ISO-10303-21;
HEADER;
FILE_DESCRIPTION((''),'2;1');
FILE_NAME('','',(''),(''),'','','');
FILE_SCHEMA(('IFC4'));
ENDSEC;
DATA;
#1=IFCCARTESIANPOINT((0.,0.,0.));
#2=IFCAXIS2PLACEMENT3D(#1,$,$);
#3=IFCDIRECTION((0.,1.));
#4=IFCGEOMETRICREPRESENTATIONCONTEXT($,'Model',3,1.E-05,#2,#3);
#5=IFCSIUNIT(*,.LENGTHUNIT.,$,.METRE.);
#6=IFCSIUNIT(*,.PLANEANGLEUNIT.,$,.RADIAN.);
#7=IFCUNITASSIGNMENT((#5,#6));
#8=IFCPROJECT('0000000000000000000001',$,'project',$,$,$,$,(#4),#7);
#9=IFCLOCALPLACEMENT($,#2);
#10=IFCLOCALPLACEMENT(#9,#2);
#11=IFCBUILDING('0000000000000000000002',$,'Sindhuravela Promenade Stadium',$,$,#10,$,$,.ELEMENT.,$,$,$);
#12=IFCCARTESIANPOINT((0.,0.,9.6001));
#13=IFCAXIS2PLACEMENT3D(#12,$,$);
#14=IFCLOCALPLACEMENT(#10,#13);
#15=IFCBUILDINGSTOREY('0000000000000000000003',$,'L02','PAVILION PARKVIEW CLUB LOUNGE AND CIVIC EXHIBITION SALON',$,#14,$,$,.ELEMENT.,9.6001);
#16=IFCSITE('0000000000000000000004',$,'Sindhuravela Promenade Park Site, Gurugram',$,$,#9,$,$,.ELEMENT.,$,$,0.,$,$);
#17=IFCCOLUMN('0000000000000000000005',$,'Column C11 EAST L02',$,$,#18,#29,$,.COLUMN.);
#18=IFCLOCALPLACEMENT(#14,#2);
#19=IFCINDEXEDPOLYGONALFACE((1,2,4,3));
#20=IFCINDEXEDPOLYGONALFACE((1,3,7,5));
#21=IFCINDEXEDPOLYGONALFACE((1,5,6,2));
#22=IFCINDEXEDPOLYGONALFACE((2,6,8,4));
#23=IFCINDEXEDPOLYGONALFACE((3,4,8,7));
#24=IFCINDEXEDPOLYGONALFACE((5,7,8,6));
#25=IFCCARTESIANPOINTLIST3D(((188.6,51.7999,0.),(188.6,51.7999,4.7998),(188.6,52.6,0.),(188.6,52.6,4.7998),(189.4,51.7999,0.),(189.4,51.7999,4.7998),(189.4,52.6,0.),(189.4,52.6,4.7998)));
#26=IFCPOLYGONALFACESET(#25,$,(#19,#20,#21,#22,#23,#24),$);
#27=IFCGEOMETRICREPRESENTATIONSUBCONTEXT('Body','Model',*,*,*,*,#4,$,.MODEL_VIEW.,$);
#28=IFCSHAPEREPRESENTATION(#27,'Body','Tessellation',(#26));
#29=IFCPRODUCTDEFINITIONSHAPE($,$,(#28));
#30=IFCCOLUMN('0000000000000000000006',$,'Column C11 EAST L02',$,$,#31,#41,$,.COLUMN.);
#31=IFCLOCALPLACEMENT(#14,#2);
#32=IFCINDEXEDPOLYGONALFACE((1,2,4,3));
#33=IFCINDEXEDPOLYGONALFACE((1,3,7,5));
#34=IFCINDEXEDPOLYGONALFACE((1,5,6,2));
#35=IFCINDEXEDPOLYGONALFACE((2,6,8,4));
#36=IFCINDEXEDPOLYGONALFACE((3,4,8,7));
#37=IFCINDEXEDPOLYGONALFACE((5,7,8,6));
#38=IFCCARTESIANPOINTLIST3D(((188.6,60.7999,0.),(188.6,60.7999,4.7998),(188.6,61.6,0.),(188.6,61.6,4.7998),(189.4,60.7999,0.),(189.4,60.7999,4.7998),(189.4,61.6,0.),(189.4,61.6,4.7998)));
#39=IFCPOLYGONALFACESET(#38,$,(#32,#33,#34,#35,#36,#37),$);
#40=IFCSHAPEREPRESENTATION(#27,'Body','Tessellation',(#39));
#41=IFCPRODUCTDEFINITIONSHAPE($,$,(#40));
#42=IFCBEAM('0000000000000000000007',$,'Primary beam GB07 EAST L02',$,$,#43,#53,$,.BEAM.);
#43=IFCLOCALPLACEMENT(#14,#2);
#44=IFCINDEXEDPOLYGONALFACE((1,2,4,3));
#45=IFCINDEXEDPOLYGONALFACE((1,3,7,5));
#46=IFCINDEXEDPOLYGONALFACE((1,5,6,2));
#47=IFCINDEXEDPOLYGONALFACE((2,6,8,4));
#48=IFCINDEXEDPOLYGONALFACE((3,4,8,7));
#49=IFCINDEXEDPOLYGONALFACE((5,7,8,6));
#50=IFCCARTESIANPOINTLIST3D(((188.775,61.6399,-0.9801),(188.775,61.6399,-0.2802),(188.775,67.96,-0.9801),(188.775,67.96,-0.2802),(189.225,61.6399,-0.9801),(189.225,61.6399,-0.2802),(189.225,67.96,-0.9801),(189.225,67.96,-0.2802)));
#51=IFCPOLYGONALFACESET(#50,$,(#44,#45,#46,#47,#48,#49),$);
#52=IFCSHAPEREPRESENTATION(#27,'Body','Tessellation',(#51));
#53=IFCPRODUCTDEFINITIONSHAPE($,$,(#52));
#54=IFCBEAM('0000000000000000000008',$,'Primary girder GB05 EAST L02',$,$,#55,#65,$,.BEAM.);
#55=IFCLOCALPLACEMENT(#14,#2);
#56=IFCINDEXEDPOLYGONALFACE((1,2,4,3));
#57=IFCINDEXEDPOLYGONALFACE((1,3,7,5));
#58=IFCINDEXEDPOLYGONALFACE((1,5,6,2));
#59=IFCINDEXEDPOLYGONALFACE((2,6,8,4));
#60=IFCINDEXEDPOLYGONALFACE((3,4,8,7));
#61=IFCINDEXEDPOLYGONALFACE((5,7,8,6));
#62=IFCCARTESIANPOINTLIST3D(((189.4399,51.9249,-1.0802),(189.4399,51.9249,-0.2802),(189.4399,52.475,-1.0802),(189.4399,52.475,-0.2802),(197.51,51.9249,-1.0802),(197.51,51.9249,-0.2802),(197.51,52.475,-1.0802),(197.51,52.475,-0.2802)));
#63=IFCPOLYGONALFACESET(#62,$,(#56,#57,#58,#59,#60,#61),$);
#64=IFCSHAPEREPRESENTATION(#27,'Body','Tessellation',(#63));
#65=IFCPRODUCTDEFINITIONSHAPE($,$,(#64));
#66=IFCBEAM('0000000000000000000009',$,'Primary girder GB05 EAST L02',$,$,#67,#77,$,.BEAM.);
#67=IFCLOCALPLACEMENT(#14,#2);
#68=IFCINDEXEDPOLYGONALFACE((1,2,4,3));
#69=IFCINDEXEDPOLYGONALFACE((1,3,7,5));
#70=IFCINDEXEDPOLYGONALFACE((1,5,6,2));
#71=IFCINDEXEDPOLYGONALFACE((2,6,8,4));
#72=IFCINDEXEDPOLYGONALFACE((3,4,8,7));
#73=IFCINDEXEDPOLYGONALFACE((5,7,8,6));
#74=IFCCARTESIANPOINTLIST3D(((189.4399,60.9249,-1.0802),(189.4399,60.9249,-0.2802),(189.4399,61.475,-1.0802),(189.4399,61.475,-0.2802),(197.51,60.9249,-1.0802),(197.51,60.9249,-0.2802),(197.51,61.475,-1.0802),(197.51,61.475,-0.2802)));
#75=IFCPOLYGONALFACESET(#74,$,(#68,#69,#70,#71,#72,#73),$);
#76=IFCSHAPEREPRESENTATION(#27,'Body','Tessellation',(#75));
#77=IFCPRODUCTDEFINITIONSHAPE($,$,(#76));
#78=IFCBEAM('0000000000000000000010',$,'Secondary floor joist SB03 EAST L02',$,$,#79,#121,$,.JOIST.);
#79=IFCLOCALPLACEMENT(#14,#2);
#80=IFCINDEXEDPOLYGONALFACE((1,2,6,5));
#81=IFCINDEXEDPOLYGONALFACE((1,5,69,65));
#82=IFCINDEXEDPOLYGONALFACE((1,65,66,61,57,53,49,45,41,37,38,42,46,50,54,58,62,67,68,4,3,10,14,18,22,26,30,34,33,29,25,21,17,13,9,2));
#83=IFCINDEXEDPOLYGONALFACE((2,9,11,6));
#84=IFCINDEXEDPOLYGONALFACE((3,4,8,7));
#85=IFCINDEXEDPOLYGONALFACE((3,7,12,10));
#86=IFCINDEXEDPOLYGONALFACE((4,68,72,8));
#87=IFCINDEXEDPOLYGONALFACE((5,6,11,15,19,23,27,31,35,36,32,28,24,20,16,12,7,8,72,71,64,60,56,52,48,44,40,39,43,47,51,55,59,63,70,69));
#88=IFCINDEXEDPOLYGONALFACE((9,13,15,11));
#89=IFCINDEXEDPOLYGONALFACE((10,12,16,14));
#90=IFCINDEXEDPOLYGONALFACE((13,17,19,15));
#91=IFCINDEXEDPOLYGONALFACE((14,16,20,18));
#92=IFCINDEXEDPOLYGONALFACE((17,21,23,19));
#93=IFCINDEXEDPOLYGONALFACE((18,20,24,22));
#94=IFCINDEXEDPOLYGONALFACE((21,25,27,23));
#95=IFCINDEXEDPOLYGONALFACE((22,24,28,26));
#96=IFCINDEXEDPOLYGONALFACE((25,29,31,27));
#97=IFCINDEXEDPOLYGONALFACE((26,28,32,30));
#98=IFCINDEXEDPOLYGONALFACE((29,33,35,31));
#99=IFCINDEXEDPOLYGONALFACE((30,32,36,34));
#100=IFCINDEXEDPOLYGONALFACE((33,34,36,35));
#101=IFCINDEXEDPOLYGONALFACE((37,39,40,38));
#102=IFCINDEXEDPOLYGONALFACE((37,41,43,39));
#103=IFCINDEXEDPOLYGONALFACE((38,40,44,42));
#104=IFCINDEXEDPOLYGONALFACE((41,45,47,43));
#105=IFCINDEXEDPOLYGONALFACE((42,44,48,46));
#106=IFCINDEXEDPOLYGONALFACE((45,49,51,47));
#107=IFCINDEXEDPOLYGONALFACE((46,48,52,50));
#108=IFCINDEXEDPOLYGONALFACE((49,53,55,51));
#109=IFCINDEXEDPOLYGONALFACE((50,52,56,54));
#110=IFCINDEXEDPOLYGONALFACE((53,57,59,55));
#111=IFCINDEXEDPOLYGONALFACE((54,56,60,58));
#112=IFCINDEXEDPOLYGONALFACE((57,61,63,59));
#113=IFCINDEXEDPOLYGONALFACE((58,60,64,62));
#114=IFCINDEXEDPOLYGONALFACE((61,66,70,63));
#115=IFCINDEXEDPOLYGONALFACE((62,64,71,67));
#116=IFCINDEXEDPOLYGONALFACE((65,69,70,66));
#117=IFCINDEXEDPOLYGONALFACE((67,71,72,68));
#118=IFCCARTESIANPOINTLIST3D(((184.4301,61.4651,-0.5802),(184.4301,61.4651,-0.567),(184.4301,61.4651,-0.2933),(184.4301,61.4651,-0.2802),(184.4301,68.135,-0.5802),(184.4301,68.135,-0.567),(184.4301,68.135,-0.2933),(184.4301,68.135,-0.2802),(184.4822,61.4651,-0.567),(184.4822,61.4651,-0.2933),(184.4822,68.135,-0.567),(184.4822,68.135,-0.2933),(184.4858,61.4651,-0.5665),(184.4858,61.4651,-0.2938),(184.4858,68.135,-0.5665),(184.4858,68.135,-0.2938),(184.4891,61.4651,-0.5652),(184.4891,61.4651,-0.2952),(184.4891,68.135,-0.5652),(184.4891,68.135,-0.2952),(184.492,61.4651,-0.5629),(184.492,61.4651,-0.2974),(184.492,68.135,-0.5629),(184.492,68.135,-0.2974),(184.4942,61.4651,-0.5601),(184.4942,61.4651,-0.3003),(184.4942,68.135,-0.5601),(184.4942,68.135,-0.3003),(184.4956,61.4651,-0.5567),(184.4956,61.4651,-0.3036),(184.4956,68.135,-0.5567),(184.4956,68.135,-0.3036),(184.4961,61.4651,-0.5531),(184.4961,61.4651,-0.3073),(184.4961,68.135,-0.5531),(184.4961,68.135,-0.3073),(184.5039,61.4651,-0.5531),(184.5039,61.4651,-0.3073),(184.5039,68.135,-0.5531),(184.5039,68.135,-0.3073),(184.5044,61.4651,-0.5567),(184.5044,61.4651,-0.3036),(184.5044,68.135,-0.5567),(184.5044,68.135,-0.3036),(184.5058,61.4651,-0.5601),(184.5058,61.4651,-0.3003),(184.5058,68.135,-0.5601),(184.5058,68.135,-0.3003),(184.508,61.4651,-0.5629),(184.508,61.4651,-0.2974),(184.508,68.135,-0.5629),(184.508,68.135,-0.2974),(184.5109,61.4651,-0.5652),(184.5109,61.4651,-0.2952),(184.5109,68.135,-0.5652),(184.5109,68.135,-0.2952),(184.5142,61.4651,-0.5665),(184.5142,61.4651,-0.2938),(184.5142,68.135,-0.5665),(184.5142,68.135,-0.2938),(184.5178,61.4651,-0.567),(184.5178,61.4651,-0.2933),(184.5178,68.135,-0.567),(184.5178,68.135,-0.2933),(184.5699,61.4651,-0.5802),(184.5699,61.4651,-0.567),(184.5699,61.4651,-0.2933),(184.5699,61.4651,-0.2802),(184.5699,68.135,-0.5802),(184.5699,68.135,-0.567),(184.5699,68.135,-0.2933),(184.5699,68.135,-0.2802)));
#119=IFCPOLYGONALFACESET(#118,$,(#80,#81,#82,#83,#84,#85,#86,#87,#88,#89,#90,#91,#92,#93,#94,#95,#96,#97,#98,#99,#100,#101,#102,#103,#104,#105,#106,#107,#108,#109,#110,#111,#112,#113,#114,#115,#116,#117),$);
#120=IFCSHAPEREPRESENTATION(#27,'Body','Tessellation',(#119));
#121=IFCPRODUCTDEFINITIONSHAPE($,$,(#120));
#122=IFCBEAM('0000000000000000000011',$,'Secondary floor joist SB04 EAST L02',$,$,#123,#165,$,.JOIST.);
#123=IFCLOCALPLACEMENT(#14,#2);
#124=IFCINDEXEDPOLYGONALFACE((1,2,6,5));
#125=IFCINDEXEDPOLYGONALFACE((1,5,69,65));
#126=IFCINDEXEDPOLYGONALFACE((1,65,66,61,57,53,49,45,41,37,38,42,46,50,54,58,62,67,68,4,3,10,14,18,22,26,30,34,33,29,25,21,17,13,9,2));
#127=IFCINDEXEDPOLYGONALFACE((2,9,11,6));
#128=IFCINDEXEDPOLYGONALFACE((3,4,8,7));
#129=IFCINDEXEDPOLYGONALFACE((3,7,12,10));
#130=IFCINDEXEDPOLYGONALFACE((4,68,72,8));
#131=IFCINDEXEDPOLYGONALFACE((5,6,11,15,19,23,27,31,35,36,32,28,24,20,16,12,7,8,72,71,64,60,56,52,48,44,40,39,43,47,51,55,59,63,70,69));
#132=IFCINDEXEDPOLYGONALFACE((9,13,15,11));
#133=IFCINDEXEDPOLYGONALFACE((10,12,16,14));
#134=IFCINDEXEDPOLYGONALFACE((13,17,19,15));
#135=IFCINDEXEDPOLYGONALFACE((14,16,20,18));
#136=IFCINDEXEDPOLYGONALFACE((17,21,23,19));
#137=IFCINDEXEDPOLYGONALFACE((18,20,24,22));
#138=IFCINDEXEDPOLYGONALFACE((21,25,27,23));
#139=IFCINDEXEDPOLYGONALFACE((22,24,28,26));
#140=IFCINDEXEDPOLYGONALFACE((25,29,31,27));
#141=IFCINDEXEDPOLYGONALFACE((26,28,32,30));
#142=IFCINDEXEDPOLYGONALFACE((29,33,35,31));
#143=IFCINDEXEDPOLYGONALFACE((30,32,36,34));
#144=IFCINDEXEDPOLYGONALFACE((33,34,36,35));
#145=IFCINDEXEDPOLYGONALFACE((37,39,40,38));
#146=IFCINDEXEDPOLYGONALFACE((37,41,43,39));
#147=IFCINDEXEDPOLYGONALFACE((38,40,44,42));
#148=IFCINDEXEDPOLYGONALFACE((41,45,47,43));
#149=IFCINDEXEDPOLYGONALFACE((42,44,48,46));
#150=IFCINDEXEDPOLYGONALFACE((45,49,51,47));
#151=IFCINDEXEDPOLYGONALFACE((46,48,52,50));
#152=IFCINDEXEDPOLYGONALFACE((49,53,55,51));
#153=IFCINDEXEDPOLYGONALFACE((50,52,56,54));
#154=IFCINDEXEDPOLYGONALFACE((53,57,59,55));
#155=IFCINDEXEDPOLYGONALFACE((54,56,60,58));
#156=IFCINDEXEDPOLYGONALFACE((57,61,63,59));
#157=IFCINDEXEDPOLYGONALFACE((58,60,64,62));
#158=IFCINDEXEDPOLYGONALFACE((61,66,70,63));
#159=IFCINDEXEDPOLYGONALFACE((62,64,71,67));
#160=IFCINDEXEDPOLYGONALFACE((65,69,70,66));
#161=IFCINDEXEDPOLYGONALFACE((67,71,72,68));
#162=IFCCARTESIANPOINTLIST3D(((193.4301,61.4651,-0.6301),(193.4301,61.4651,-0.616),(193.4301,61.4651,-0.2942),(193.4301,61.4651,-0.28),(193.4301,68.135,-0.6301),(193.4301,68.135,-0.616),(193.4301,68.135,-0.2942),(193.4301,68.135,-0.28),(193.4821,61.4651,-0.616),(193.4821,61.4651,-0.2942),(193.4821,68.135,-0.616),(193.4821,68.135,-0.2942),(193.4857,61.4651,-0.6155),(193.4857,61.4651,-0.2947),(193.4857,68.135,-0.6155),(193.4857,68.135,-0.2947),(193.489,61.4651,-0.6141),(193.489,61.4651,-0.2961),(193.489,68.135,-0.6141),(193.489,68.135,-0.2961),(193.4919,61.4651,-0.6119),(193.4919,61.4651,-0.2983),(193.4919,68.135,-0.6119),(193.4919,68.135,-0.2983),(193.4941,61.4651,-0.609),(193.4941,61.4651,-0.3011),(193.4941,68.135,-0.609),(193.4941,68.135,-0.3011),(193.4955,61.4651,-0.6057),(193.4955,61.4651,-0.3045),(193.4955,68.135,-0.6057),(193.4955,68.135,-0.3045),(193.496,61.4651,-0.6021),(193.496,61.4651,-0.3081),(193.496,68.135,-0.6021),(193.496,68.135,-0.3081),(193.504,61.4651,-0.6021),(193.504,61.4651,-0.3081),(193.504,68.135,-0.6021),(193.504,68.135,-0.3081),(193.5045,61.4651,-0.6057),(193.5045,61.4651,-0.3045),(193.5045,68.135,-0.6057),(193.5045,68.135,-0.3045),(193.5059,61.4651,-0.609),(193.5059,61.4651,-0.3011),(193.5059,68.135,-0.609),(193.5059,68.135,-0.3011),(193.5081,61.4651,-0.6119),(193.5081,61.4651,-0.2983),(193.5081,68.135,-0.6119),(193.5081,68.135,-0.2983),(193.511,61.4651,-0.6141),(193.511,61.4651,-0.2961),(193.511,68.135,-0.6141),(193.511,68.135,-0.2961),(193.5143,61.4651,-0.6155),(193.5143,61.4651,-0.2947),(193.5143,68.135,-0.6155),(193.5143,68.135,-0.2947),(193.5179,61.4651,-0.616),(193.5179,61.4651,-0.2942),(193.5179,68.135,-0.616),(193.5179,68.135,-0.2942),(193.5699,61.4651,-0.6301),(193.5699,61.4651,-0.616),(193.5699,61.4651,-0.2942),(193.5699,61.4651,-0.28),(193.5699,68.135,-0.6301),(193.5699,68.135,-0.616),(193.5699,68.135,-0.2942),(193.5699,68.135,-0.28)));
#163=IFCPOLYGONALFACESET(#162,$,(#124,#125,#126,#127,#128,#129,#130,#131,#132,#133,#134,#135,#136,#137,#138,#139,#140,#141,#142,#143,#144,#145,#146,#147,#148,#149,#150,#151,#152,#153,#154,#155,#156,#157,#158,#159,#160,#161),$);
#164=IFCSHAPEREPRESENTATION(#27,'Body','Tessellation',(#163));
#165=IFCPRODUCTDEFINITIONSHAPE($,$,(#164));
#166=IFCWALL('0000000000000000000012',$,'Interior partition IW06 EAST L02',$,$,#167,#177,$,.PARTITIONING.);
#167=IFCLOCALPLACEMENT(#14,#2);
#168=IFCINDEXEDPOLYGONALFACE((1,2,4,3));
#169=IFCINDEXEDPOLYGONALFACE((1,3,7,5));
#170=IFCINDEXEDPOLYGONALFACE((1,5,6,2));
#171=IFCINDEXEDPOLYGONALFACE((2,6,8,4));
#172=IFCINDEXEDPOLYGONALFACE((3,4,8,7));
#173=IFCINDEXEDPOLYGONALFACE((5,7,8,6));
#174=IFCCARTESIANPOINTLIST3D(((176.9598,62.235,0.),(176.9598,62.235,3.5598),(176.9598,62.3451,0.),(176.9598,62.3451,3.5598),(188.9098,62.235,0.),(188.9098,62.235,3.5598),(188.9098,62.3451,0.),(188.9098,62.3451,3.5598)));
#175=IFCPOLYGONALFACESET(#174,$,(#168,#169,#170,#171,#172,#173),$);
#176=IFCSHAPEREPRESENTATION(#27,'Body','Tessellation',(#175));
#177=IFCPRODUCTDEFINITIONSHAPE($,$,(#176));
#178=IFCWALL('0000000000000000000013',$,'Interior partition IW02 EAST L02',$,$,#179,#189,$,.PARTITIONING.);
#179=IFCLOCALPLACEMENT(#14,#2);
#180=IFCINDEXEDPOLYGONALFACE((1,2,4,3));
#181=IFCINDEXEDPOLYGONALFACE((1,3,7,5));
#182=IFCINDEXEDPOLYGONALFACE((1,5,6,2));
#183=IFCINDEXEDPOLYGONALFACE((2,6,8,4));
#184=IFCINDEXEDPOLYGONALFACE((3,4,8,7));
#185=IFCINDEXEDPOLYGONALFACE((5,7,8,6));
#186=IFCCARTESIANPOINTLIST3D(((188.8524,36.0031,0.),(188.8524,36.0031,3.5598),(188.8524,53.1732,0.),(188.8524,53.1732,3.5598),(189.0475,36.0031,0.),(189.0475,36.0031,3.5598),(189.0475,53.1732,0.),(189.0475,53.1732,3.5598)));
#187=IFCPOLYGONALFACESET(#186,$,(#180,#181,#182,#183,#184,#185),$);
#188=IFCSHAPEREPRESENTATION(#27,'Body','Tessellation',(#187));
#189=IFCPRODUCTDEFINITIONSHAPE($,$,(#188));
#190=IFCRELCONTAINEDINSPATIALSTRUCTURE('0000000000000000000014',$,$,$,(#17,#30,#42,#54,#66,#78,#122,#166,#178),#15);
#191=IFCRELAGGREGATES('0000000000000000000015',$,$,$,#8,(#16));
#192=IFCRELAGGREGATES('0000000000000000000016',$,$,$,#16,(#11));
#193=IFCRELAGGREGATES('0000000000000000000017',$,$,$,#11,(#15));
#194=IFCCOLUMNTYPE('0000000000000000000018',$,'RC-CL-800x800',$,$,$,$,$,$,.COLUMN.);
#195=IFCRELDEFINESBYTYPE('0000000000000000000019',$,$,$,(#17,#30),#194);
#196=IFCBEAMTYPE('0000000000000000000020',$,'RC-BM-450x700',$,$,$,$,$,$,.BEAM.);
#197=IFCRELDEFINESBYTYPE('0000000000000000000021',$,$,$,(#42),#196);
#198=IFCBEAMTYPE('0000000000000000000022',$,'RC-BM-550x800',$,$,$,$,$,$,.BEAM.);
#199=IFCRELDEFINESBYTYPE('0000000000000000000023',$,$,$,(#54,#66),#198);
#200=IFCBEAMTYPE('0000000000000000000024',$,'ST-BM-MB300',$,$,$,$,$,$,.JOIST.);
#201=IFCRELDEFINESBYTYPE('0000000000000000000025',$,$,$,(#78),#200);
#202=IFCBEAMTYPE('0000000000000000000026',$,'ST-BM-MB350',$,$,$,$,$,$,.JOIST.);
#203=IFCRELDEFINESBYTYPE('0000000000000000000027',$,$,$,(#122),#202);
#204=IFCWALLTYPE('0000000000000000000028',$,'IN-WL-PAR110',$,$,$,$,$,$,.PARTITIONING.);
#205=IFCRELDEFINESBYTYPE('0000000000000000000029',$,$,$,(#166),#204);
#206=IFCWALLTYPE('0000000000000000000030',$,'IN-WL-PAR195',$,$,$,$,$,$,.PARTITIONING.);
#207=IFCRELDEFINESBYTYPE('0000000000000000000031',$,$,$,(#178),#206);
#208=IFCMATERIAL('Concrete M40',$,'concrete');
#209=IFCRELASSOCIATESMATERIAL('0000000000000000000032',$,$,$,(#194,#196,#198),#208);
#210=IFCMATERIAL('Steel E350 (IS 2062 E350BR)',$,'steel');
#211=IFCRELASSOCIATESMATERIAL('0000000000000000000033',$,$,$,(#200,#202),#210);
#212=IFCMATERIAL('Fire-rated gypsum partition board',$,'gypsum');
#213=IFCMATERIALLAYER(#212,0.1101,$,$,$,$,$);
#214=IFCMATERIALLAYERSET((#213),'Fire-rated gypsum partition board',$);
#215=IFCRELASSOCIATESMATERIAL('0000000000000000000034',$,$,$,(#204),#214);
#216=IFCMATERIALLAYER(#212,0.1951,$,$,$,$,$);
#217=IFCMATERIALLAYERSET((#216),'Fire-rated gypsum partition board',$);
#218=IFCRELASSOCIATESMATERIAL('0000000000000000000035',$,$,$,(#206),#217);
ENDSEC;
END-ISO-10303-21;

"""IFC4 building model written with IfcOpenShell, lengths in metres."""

from ifc_helpers import new_model, si_unit, direction, frame, frame_2d, origin, origin_2d, place, context, subcontext, project, spatial, rectangle, i_section, extrude, material, layer, layer_set, material_profile, profile_set, type_object, element, save


model = new_model("IFC4")

# Units and contexts
model_context = context("Model", 3, precision=1e-05, world=origin(), true_north=direction((0.0, 1.0)))
body_context = subcontext(model_context, "Body", "Model", "MODEL_VIEW")
ifc_project = project(units=[si_unit("LENGTHUNIT", "METRE"), si_unit("PLANEANGLEUNIT", "RADIAN")], contexts=[model_context])

# Site, building, storey
site_placement = place(None, origin())
site = spatial("IfcSite", under=ifc_project, at=site_placement, Name="Sindhuravela Promenade Park Site, Gurugram", CompositionType="ELEMENT", RefElevation=0.0)
building_placement = place(site_placement, origin())
building = spatial("IfcBuilding", under=site, at=building_placement, Name="Sindhuravela Promenade Stadium", CompositionType="ELEMENT")
storey_placement = place(building_placement, frame((0.0, 0.0, 9.6001)))
storey = spatial("IfcBuildingStorey", under=building, at=storey_placement, Name="L02", Description="PAVILION PARKVIEW CLUB LOUNGE AND CIVIC EXHIBITION SALON", CompositionType="ELEMENT", Elevation=9.6001)

# Columns
ifc_material_1 = material(Name="Concrete M40", Category="concrete")
ifc_material_profile_1 = material_profile(ifc_material_1, rectangle(XDim=0.8, YDim=0.8, at=origin_2d()), Name="RC 800x800")
ifc_profile_set_1 = profile_set([ifc_material_profile_1], Name="Concrete M40")
column_type = type_object("IfcColumnType", Name="RC-CL-800x800", PredefinedType="COLUMN", material=ifc_profile_set_1)
for number, where, z_axis, x_axis, name in (
    (1, (189.0, 52.2, 0.0), (0.0, 0.0, 1.0), (1.0, 0.0, 0.0), "Column C11 EAST L02"),
    (2, (189.0, 61.2, 0.0), (0.0, 0.0, 1.0), (1.0, 0.0, 0.0), "Column C11 EAST L02"),
):
    element("IfcColumn", number, at=place(storey_placement, frame(where, z_axis=z_axis, x_axis=x_axis)), inside=storey, type_object=column_type, Name=name, PredefinedType="COLUMN", context=body_context, shape_type="SweptSolid", body=[
        extrude(rectangle(XDim=0.8, YDim=0.8, at=origin_2d()), origin(), (0.0, 0.0, 1.0), 4.7998),
    ])

# Beams
ifc_material_profile_2 = material_profile(ifc_material_1, rectangle(XDim=0.45, YDim=0.7, at=origin_2d()), Name="RC 450x700")
ifc_profile_set_2 = profile_set([ifc_material_profile_2], Name="Concrete M40")
beam_type_1 = type_object("IfcBeamType", Name="RC-BM-450x700", PredefinedType="BEAM", material=ifc_profile_set_2)
beam_1_placement = place(storey_placement, frame((189.0, 61.6399, -0.6301), z_axis=(0.0, 1.0, 0.0), x_axis=(-1.0, 0.0, 0.0)))
element("IfcBeam", 3, at=beam_1_placement, inside=storey, type_object=beam_type_1, Name="Primary beam GB07 EAST L02", PredefinedType="BEAM", context=body_context, shape_type="SweptSolid", body=[
    extrude(rectangle(XDim=0.45, YDim=0.7, at=origin_2d()), origin(), (0.0, 0.0, 1.0), 6.3201),
])
ifc_material_profile_3 = material_profile(ifc_material_1, rectangle(XDim=0.55, YDim=0.8, at=origin_2d()), Name="RC 550x800")
ifc_profile_set_3 = profile_set([ifc_material_profile_3], Name="Concrete M40")
beam_type_2 = type_object("IfcBeamType", Name="RC-BM-550x800", PredefinedType="BEAM", material=ifc_profile_set_3)
for number, where, z_axis, x_axis, name in (
    (4, (189.4399, 52.2, -0.6802), (1.0, 0.0, 0.0), (0.0, 1.0, 0.0), "Primary girder GB05 EAST L02"),
    (5, (189.4399, 61.2, -0.6802), (1.0, 0.0, 0.0), (0.0, 1.0, 0.0), "Primary girder GB05 EAST L02"),
):
    element("IfcBeam", number, at=place(storey_placement, frame(where, z_axis=z_axis, x_axis=x_axis)), inside=storey, type_object=beam_type_2, Name=name, PredefinedType="BEAM", context=body_context, shape_type="SweptSolid", body=[
        extrude(rectangle(XDim=0.55, YDim=0.8, at=origin_2d()), origin(), (0.0, 0.0, 1.0), 8.0701),
    ])
ifc_material_2 = material(Name="Steel E350 (IS 2062 E350BR)", Category="steel")
ifc_material_profile_4 = material_profile(ifc_material_2, i_section(OverallWidth=0.1399, OverallDepth=0.3, WebThickness=0.0078, FlangeThickness=0.0132, FilletRadius=0.0139, at=origin_2d()), Name="ISMB 300")
ifc_profile_set_4 = profile_set([ifc_material_profile_4], Name="Steel E350 (IS 2062 E350BR)")
beam_type_3 = type_object("IfcBeamType", Name="ST-BM-MB300", PredefinedType="JOIST", material=ifc_profile_set_4)
beam_2_placement = place(storey_placement, frame((184.5, 61.4651, -0.4302), z_axis=(0.0, 1.0, 0.0), x_axis=(-1.0, 0.0, 0.0)))
element("IfcBeam", 6, at=beam_2_placement, inside=storey, type_object=beam_type_3, Name="Secondary floor joist SB03 EAST L02", PredefinedType="JOIST", context=body_context, shape_type="SweptSolid", body=[
    extrude(i_section(OverallWidth=0.1399, OverallDepth=0.3, WebThickness=0.0078, FlangeThickness=0.0132, FilletRadius=0.0139, at=origin_2d()), origin(), (0.0, 0.0, 1.0), 6.6699),
])
ifc_material_profile_5 = material_profile(ifc_material_2, i_section(OverallWidth=0.1399, OverallDepth=0.3501, WebThickness=0.0081, FlangeThickness=0.0142, FilletRadius=0.0139, at=origin_2d()), Name="ISMB 350")
ifc_profile_set_5 = profile_set([ifc_material_profile_5], Name="Steel E350 (IS 2062 E350BR)")
beam_type_4 = type_object("IfcBeamType", Name="ST-BM-MB350", PredefinedType="JOIST", material=ifc_profile_set_5)
beam_3_placement = place(storey_placement, frame((193.5, 61.4651, -0.4551), z_axis=(0.0, 1.0, 0.0), x_axis=(-1.0, 0.0, 0.0)))
element("IfcBeam", 7, at=beam_3_placement, inside=storey, type_object=beam_type_4, Name="Secondary floor joist SB04 EAST L02", PredefinedType="JOIST", context=body_context, shape_type="SweptSolid", body=[
    extrude(i_section(OverallWidth=0.1399, OverallDepth=0.3501, WebThickness=0.0081, FlangeThickness=0.0142, FilletRadius=0.0139, at=origin_2d()), origin(), (0.0, 0.0, 1.0), 6.6699),
])

# Walls
ifc_material_3 = material(Name="Fire-rated gypsum partition board", Category="gypsum")
ifc_layer_1 = layer(ifc_material_3, 0.1101)
ifc_layer_set_1 = layer_set([ifc_layer_1], Name="Fire-rated gypsum partition board")
wall_type_1 = type_object("IfcWallType", Name="IN-WL-PAR110", PredefinedType="PARTITIONING", material=ifc_layer_set_1)
wall_1_placement = place(storey_placement, frame((188.9099, 62.29, 0.0), z_axis=(0.0, 0.0, 1.0), x_axis=(-1.0, 0.0, 0.0)))
element("IfcWall", 8, at=wall_1_placement, inside=storey, type_object=wall_type_1, Name="Interior partition IW06 EAST L02", PredefinedType="PARTITIONING", context=body_context, shape_type="SweptSolid", body=[
    extrude(rectangle(XDim=11.95, YDim=0.1101, at=frame_2d((5.9751, 0.0))), origin(), (0.0, 0.0, 1.0), 3.5598),
])
ifc_layer_2 = layer(ifc_material_3, 0.1951)
ifc_layer_set_2 = layer_set([ifc_layer_2], Name="Fire-rated gypsum partition board")
wall_type_2 = type_object("IfcWallType", Name="IN-WL-PAR195", PredefinedType="PARTITIONING", material=ifc_layer_set_2)
wall_2_placement = place(storey_placement, frame((188.95, 53.1731, 0.0), z_axis=(0.0, 0.0, 1.0), x_axis=(0.0, -1.0, 0.0)))
element("IfcWall", 9, at=wall_2_placement, inside=storey, type_object=wall_type_2, Name="Interior partition IW02 EAST L02", PredefinedType="PARTITIONING", context=body_context, shape_type="SweptSolid", body=[
    extrude(rectangle(XDim=17.1702, YDim=0.1951, at=frame_2d((8.585, 0.0))), origin(), (0.0, 0.0, 1.0), 3.5598),
])

save(model, "model.ifc")
